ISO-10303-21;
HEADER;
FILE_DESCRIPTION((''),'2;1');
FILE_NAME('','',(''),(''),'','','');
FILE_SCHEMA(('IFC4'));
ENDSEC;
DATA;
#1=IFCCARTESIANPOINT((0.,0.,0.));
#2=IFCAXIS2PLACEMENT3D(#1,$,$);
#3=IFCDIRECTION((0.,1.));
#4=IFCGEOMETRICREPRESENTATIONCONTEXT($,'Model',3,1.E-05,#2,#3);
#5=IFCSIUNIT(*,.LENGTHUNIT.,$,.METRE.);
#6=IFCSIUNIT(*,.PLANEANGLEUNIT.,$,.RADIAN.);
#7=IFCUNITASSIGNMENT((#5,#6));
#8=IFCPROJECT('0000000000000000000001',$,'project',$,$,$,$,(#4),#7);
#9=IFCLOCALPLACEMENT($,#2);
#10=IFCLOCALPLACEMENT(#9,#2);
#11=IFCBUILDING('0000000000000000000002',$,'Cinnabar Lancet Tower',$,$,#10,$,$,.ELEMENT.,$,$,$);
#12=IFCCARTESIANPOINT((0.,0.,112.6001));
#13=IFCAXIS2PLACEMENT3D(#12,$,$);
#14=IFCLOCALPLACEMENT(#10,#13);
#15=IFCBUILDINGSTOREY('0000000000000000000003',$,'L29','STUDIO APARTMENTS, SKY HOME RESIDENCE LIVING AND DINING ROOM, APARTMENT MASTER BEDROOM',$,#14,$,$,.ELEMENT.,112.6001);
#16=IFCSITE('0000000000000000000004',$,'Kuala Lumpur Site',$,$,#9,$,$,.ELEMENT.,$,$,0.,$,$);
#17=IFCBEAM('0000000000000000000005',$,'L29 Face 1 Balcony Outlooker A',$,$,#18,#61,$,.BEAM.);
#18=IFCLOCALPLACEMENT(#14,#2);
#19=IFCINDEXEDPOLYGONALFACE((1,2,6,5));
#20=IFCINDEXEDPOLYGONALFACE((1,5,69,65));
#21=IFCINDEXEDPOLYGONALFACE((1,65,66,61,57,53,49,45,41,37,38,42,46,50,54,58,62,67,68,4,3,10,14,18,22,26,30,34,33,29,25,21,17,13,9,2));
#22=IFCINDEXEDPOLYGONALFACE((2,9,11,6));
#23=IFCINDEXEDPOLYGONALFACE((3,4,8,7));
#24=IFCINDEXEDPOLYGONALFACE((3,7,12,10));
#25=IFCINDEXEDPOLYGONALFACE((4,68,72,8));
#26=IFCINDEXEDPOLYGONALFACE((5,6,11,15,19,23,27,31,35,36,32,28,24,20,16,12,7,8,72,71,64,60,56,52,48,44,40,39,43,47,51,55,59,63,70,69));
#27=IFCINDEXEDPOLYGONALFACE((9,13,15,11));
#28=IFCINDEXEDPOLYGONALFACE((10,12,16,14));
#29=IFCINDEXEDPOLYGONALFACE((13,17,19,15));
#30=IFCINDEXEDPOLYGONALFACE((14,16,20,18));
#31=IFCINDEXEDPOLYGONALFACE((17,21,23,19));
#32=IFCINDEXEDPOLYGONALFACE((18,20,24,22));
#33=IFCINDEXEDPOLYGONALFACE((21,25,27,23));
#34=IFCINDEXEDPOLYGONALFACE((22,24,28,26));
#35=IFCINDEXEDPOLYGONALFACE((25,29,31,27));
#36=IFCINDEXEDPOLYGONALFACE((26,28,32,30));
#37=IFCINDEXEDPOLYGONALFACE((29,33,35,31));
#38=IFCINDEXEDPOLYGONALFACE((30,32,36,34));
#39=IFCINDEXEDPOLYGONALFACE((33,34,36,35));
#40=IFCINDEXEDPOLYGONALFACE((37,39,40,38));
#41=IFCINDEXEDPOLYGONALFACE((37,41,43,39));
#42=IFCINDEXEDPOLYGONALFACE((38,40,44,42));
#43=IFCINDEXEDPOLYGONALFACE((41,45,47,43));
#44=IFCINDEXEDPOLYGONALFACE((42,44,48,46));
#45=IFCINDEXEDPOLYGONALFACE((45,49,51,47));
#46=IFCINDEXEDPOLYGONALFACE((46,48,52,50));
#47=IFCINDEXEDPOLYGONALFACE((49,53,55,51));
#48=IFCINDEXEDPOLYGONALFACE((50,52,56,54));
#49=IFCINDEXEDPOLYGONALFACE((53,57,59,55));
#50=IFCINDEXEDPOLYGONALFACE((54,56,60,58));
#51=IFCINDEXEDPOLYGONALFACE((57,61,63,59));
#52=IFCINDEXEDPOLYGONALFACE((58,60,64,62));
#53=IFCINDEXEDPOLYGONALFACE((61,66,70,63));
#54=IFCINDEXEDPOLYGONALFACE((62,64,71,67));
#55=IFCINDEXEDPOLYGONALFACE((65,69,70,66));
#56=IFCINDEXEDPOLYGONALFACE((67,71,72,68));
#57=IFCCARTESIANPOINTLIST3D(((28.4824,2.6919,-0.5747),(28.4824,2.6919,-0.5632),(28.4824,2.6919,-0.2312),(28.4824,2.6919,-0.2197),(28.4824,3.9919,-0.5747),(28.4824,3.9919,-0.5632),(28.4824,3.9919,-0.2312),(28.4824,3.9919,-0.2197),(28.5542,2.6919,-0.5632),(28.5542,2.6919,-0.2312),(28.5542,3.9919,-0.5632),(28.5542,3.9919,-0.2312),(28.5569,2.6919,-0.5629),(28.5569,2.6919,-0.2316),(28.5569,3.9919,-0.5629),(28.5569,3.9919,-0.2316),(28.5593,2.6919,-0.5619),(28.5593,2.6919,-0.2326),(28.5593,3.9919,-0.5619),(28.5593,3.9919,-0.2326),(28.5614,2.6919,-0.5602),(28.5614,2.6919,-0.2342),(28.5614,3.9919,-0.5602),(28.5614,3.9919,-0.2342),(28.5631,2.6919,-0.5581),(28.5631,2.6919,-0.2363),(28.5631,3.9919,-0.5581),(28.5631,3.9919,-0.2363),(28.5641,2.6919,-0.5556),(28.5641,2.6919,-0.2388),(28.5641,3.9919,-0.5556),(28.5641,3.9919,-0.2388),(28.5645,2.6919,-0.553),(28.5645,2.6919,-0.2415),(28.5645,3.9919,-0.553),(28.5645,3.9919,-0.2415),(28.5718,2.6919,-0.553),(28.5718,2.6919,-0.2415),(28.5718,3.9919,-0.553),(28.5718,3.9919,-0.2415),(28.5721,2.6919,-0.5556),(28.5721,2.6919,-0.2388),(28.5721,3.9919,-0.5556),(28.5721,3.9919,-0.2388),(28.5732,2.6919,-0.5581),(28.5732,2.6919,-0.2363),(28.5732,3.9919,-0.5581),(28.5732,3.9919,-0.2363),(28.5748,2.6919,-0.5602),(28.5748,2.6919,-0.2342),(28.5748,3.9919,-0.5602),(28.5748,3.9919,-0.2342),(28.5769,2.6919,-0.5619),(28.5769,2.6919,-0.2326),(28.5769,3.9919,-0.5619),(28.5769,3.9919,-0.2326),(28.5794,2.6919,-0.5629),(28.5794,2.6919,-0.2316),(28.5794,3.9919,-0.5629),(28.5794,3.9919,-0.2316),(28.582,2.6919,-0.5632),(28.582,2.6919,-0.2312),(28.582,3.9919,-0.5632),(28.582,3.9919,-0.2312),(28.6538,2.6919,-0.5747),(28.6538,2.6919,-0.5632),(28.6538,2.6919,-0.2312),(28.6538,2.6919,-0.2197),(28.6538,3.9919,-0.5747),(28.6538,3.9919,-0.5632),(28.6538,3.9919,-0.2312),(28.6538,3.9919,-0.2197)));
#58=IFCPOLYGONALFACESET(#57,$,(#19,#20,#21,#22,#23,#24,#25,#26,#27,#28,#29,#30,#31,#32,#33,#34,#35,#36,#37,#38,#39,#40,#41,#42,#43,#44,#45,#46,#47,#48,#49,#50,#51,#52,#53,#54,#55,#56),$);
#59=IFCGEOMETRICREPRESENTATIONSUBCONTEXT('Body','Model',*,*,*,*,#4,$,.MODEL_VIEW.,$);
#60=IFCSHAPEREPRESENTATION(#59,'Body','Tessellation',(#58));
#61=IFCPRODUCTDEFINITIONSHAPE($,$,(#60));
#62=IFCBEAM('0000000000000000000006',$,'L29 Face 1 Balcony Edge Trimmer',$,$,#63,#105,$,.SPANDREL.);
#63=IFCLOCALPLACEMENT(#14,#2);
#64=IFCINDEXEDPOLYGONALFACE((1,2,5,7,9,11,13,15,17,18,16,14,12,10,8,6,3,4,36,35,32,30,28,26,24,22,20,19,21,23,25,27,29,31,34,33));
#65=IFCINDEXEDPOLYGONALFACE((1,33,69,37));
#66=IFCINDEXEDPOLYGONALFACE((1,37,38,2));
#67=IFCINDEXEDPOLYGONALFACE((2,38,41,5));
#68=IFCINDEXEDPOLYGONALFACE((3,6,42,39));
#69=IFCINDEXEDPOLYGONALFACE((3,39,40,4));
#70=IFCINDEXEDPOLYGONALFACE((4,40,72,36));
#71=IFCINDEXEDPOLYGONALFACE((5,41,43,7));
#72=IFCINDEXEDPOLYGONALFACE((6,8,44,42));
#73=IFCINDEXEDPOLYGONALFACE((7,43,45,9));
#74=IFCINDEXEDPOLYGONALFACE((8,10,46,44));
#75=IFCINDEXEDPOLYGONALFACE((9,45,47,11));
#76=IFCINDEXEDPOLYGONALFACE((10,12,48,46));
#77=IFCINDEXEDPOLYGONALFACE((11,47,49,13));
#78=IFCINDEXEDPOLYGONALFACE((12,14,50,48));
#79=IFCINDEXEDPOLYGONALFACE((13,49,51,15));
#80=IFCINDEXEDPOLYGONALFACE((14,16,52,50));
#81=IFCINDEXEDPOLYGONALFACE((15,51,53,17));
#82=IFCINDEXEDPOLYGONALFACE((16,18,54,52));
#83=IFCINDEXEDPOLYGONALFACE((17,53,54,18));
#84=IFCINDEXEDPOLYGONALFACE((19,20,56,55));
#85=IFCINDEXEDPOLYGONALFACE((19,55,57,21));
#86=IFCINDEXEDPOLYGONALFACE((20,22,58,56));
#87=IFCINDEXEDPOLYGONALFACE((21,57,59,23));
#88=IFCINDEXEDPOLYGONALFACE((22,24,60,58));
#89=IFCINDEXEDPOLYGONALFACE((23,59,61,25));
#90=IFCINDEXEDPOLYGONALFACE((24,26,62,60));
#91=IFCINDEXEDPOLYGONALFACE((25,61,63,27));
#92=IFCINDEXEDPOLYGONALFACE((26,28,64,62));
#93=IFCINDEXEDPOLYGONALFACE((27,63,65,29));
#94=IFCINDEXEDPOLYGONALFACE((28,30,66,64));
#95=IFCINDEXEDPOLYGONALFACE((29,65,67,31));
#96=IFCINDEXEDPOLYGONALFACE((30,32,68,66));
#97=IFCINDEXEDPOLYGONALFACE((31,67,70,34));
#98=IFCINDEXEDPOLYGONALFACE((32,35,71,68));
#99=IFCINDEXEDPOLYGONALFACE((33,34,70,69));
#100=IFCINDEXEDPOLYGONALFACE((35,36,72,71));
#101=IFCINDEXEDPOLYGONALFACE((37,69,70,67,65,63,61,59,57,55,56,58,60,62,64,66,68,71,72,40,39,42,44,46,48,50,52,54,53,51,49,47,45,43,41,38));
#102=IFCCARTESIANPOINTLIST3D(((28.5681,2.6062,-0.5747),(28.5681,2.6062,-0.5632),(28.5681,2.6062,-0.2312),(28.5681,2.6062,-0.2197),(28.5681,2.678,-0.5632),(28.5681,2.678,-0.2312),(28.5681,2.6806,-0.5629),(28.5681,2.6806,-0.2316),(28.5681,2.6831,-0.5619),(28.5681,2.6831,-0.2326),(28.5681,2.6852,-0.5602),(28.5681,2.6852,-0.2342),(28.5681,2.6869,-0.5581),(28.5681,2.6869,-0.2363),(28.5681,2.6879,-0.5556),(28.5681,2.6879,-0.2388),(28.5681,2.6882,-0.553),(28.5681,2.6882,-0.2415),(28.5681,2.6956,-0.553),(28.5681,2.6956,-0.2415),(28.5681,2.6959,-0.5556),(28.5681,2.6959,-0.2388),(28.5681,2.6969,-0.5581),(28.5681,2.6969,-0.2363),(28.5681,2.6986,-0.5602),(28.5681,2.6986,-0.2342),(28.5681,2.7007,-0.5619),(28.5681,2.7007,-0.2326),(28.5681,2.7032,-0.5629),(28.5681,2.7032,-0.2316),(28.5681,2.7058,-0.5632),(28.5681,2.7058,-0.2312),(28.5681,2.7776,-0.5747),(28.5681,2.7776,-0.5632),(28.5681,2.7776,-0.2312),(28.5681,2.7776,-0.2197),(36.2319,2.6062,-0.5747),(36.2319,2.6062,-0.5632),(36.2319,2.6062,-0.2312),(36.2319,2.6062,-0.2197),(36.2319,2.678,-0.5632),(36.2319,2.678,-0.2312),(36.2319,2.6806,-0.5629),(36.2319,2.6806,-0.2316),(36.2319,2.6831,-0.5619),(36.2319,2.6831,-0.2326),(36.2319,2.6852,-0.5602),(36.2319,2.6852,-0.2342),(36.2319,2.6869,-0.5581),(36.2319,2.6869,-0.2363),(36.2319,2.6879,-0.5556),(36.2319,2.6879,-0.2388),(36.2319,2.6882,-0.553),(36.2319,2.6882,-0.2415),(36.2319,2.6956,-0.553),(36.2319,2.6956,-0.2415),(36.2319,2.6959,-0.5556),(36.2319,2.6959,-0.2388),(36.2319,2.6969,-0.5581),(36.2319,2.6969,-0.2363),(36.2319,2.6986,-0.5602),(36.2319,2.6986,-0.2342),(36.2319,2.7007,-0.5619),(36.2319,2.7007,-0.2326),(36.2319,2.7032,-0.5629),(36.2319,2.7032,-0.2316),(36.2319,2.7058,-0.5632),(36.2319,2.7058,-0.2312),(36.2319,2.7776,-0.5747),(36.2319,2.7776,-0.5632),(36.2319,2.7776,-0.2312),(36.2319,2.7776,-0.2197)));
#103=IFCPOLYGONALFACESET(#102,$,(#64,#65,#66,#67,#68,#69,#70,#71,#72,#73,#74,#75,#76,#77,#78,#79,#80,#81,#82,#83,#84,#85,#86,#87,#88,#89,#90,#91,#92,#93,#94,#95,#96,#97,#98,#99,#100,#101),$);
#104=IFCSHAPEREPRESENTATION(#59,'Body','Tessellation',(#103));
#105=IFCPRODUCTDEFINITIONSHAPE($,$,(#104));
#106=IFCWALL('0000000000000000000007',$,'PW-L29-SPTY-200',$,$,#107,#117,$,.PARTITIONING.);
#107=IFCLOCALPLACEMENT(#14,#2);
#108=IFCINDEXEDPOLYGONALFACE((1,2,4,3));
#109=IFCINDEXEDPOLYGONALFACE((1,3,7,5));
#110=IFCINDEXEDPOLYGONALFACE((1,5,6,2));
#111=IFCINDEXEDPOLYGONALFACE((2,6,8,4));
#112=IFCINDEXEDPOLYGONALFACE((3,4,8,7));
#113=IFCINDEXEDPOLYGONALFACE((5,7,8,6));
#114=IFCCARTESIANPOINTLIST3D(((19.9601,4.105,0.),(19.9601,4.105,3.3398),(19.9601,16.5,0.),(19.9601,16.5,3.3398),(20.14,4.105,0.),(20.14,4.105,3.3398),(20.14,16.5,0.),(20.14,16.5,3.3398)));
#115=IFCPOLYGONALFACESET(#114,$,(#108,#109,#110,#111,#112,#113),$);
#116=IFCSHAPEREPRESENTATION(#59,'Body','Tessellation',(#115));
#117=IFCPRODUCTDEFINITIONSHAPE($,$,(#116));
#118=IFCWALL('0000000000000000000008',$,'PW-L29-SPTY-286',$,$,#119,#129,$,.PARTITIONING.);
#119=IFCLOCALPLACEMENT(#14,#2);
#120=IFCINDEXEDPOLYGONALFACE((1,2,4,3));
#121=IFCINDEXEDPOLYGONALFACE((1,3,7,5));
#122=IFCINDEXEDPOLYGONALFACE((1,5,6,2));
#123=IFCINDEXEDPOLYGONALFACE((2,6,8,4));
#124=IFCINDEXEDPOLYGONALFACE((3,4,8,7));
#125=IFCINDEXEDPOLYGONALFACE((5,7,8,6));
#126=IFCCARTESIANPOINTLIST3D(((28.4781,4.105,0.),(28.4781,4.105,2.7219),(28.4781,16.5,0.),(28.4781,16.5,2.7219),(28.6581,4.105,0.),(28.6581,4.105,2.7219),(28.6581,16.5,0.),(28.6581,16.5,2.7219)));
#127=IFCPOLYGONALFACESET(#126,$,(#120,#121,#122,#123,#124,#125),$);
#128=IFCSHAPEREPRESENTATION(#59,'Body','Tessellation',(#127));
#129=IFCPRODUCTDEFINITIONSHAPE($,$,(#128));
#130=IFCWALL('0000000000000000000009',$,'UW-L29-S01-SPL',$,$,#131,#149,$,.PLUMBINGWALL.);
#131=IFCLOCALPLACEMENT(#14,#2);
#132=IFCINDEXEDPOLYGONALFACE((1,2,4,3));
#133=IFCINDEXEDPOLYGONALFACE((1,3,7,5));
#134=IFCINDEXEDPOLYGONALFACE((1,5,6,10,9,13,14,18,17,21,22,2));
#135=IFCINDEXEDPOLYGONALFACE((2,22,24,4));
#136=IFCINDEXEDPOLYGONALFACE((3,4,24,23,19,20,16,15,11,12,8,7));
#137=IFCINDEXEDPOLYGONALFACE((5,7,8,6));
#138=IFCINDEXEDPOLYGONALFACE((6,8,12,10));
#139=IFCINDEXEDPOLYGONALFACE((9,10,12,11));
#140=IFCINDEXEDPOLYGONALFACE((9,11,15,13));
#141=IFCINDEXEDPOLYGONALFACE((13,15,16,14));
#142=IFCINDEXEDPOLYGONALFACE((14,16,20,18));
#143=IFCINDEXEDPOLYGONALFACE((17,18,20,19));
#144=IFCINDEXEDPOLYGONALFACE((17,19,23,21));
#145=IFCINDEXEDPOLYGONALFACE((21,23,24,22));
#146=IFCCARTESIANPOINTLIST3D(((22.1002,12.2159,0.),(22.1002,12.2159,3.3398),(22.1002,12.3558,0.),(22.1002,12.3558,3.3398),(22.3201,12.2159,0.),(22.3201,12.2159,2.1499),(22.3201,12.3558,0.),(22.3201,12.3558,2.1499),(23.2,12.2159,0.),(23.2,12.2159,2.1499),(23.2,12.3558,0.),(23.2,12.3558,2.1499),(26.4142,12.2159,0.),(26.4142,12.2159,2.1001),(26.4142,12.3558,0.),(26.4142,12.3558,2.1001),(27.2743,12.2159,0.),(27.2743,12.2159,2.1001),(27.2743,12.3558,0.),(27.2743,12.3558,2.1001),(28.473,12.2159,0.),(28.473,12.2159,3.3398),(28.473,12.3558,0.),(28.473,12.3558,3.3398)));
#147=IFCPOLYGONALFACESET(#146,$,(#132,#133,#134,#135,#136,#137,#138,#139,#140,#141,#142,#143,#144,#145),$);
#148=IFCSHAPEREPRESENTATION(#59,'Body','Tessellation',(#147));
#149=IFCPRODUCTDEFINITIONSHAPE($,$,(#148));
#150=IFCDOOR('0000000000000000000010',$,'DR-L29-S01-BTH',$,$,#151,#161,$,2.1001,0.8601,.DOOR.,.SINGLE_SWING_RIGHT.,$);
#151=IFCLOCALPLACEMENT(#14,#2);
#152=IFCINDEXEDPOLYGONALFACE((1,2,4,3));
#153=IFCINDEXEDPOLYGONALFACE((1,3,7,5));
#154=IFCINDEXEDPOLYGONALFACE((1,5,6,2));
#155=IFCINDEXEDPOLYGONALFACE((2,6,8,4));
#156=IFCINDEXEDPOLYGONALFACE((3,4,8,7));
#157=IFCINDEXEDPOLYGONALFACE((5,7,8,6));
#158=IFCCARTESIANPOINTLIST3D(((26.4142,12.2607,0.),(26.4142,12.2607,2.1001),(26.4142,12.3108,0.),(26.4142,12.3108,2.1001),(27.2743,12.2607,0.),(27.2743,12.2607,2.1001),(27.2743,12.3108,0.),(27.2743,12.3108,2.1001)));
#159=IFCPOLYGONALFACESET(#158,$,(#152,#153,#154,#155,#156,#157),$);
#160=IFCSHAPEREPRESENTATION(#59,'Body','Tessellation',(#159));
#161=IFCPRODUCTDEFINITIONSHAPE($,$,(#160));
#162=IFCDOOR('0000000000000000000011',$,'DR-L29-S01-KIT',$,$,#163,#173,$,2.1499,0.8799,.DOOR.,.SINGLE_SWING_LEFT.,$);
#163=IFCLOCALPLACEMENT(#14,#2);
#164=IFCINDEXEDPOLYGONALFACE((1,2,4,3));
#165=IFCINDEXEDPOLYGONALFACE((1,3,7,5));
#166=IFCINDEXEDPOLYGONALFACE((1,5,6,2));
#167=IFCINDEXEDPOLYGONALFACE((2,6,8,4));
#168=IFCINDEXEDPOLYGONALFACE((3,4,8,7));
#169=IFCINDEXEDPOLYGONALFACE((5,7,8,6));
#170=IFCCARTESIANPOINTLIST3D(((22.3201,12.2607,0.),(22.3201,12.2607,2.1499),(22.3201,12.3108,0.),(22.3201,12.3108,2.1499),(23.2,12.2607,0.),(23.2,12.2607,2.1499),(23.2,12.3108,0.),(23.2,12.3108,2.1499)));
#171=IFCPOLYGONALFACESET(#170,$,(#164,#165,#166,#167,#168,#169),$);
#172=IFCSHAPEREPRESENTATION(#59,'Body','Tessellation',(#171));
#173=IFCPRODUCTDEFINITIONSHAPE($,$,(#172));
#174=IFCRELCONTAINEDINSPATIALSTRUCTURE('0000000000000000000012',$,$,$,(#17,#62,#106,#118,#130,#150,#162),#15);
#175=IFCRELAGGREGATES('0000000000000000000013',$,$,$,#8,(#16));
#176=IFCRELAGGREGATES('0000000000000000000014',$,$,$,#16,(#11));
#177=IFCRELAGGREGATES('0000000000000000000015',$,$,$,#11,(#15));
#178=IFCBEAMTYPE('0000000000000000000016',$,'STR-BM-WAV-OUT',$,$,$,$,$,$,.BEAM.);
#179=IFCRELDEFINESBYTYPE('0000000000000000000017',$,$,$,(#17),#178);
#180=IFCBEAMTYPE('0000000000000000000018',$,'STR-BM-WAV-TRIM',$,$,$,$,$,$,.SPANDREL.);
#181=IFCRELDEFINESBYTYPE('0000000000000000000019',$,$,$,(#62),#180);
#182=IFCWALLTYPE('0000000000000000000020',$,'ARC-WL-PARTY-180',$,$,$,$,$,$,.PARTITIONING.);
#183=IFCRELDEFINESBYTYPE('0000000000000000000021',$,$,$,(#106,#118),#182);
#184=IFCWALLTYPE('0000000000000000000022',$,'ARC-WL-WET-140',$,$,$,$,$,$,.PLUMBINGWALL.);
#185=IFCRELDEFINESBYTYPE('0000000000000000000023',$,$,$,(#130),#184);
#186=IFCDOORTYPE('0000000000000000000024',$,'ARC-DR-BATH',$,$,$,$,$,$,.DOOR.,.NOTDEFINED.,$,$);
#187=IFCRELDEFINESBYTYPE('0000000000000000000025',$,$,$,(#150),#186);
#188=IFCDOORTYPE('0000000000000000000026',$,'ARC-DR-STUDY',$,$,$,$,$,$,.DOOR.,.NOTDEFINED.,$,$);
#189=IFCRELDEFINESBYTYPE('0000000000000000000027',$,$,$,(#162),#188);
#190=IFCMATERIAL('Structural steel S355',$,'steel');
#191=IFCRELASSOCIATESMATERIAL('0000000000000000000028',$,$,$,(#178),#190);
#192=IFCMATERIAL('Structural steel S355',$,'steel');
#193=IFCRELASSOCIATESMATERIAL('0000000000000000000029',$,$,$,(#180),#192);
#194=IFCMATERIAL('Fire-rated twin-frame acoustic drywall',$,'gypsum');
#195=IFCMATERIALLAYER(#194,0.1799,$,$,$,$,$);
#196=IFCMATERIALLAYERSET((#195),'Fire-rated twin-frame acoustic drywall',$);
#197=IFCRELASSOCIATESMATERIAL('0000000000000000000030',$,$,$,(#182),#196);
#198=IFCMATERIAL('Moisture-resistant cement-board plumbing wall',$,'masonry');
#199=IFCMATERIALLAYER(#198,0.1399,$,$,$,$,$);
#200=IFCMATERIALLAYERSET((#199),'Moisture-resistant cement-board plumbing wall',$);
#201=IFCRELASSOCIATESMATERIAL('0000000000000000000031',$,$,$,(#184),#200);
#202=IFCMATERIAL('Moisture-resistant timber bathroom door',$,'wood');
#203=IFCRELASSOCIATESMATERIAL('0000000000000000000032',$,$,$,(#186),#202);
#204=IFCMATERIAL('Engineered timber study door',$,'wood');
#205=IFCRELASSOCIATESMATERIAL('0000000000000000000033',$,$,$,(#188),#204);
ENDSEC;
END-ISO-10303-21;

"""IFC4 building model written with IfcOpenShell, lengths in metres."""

from ifc_helpers import new_model, si_unit, direction, frame, frame_2d, origin, origin_2d, place, context, subcontext, project, spatial, rectangle, i_section, extrude, material, layer, layer_set, material_profile, profile_set, type_object, element, fill, save


model = new_model("IFC4")

# Units and contexts
model_context = context("Model", 3, precision=1e-05, world=origin(), true_north=direction((0.0, 1.0)))
body_context = subcontext(model_context, "Body", "Model", "MODEL_VIEW")
ifc_project = project(units=[si_unit("LENGTHUNIT", "METRE"), si_unit("PLANEANGLEUNIT", "RADIAN")], contexts=[model_context])

# Site, building, storey
site_placement = place(None, origin())
site = spatial("IfcSite", under=ifc_project, at=site_placement, Name="Kuala Lumpur Site", CompositionType="ELEMENT", RefElevation=0.0)
building_placement = place(site_placement, origin())
building = spatial("IfcBuilding", under=site, at=building_placement, Name="Cinnabar Lancet Tower", CompositionType="ELEMENT")
storey_placement = place(building_placement, frame((0.0, 0.0, 112.6001)))
storey = spatial("IfcBuildingStorey", under=building, at=storey_placement, Name="L29", Description="STUDIO APARTMENTS, SKY HOME RESIDENCE LIVING AND DINING ROOM, APARTMENT MASTER BEDROOM", CompositionType="ELEMENT", Elevation=112.6001)

# Beams
ifc_material_1 = material(Name="Structural steel S355", Category="steel")
ifc_material_profile_1 = material_profile(ifc_material_1, i_section(OverallWidth=0.1714, OverallDepth=0.355, WebThickness=0.0073, FlangeThickness=0.0115, FilletRadius=0.0103, at=origin_2d()), Name="UKB 356x171x51")
ifc_profile_set_1 = profile_set([ifc_material_profile_1], Name="Structural steel S355")
beam_type_1 = type_object("IfcBeamType", Name="STR-BM-WAV-OUT", PredefinedType="BEAM", material=ifc_profile_set_1)
beam_1_placement = place(storey_placement, frame((28.5681, 3.9919, -0.3972), z_axis=(0.0, -1.0, 0.0), x_axis=(1.0, 0.0, 0.0)))
element("IfcBeam", 1, at=beam_1_placement, inside=storey, type_object=beam_type_1, Name="L29 Face 1 Balcony Outlooker A", PredefinedType="BEAM", context=body_context, shape_type="SweptSolid", body=[
    extrude(i_section(OverallWidth=0.1714, OverallDepth=0.355, WebThickness=0.0073, FlangeThickness=0.0115, FilletRadius=0.0103, at=origin_2d()), origin(), (0.0, 0.0, 1.0), 1.3),
])
ifc_material_2 = material(Name="Structural steel S355", Category="steel")
ifc_material_profile_2 = material_profile(ifc_material_2, i_section(OverallWidth=0.1714, OverallDepth=0.355, WebThickness=0.0073, FlangeThickness=0.0115, FilletRadius=0.0103, at=origin_2d()), Name="UKB 356x171x51")
ifc_profile_set_2 = profile_set([ifc_material_profile_2], Name="Structural steel S355")
beam_type_2 = type_object("IfcBeamType", Name="STR-BM-WAV-TRIM", PredefinedType="SPANDREL", material=ifc_profile_set_2)
beam_2_placement = place(storey_placement, frame((28.5681, 2.6919, -0.3972), z_axis=(1.0, 0.0, 0.0), x_axis=(0.0, 1.0, 0.0)))
element("IfcBeam", 2, at=beam_2_placement, inside=storey, type_object=beam_type_2, Name="L29 Face 1 Balcony Edge Trimmer", PredefinedType="SPANDREL", context=body_context, shape_type="SweptSolid", body=[
    extrude(i_section(OverallWidth=0.1714, OverallDepth=0.355, WebThickness=0.0073, FlangeThickness=0.0115, FilletRadius=0.0103, at=origin_2d()), origin(), (0.0, 0.0, 1.0), 7.6638),
])

# Walls
ifc_material_3 = material(Name="Fire-rated twin-frame acoustic drywall", Category="gypsum")
ifc_layer_1 = layer(ifc_material_3, 0.1799)
ifc_layer_set_1 = layer_set([ifc_layer_1], Name="Fire-rated twin-frame acoustic drywall")
wall_type_1 = type_object("IfcWallType", Name="ARC-WL-PARTY-180", PredefinedType="PARTITIONING", material=ifc_layer_set_1)
wall_1_placement = place(storey_placement, frame((20.05, 4.105, 0.0), z_axis=(0.0, 0.0, 1.0), x_axis=(0.0, 1.0, 0.0)))
element("IfcWall", 3, at=wall_1_placement, inside=storey, type_object=wall_type_1, Name="PW-L29-SPTY-200", PredefinedType="PARTITIONING", context=body_context, shape_type="SweptSolid", body=[
    extrude(rectangle(XDim=12.395, YDim=0.1799, at=frame_2d((6.1975, 0.0))), origin(), (0.0, 0.0, 1.0), 3.3398),
])
wall_2_placement = place(storey_placement, frame((28.5681, 4.105, 0.0), z_axis=(0.0, 0.0, 1.0), x_axis=(0.0, 1.0, 0.0)))
element("IfcWall", 4, at=wall_2_placement, inside=storey, type_object=wall_type_1, Name="PW-L29-SPTY-286", PredefinedType="PARTITIONING", context=body_context, shape_type="SweptSolid", body=[
    extrude(rectangle(XDim=12.395, YDim=0.1799, at=frame_2d((6.1975, 0.0))), origin(), (0.0, 0.0, 1.0), 2.7219),
])

# Wall, openings, doors
ifc_material_4 = material(Name="Moisture-resistant cement-board plumbing wall", Category="masonry")
ifc_layer_2 = layer(ifc_material_4, 0.1399)
ifc_layer_set_2 = layer_set([ifc_layer_2], Name="Moisture-resistant cement-board plumbing wall")
wall_type_2 = type_object("IfcWallType", Name="ARC-WL-WET-140", PredefinedType="PLUMBINGWALL", material=ifc_layer_set_2)
wall_3_placement = place(storey_placement, frame((22.1001, 12.2859, 0.0), z_axis=(0.0, 0.0, 1.0), x_axis=(1.0, 0.0, 0.0)))
wall_3 = element("IfcWall", 5, at=wall_3_placement, inside=storey, type_object=wall_type_2, Name="UW-L29-S01-SPL", PredefinedType="PLUMBINGWALL", context=body_context, shape_type="SweptSolid", body=[
    extrude(rectangle(XDim=6.3728, YDim=0.1399, at=frame_2d((3.1865, 0.0))), origin(), (0.0, 0.0, 1.0), 3.3398),
])
opening_1_placement = place(wall_3_placement, frame((4.314, 0.0, 0.0)))
opening_1 = element("IfcOpeningElement", 6, at=opening_1_placement, cuts=wall_3, PredefinedType="OPENING", context=body_context, shape_type="SweptSolid", body=[
    extrude(rectangle(XDim=0.8601, YDim=2.1001, at=frame_2d((0.4302, 1.05))), frame((0.0, 0.0798, 0.0), z_axis=(0.0, -1.0, 0.0), x_axis=(1.0, 0.0, 0.0)), (0.0, 0.0, 1.0), 0.1599),
])
opening_2_placement = place(wall_3_placement, frame((0.22, 0.0, 0.0)))
opening_2 = element("IfcOpeningElement", 7, at=opening_2_placement, cuts=wall_3, PredefinedType="OPENING", context=body_context, shape_type="SweptSolid", body=[
    extrude(rectangle(XDim=0.8799, YDim=2.1499, at=frame_2d((0.4399, 1.075))), frame((0.0, 0.0798, 0.0), z_axis=(0.0, -1.0, 0.0), x_axis=(1.0, 0.0, 0.0)), (0.0, 0.0, 1.0), 0.1599),
])
ifc_material_5 = material(Name="Moisture-resistant timber bathroom door", Category="wood")
door_type_1 = type_object("IfcDoorType", Name="ARC-DR-BATH", OperationType="NOTDEFINED", PredefinedType="DOOR", material=ifc_material_5)
door_1_placement = place(opening_1_placement, origin())
door_1 = element("IfcDoor", 8, at=door_1_placement, inside=storey, type_object=door_type_1, Name="DR-L29-S01-BTH", OperationType="SINGLE_SWING_RIGHT", OverallHeight=2.1001, OverallWidth=0.8601, PredefinedType="DOOR", context=body_context, shape_type="SweptSolid", body=[
    extrude(rectangle(XDim=0.8601, YDim=2.1001, at=frame_2d((0.4302, 1.05))), frame((0.0, 0.0249, 0.0), z_axis=(0.0, -1.0, 0.0), x_axis=(1.0, 0.0, 0.0)), (0.0, 0.0, 1.0), 0.05),
])
fill(opening_1, door_1)
ifc_material_6 = material(Name="Engineered timber study door", Category="wood")
door_type_2 = type_object("IfcDoorType", Name="ARC-DR-STUDY", OperationType="NOTDEFINED", PredefinedType="DOOR", material=ifc_material_6)
door_2_placement = place(opening_2_placement, origin())
door_2 = element("IfcDoor", 9, at=door_2_placement, inside=storey, type_object=door_type_2, Name="DR-L29-S01-KIT", OperationType="SINGLE_SWING_LEFT", OverallHeight=2.1499, OverallWidth=0.8799, PredefinedType="DOOR", context=body_context, shape_type="SweptSolid", body=[
    extrude(rectangle(XDim=0.8799, YDim=2.1499, at=frame_2d((0.4399, 1.075))), frame((0.0, 0.0249, 0.0), z_axis=(0.0, -1.0, 0.0), x_axis=(1.0, 0.0, 0.0)), (0.0, 0.0, 1.0), 0.05),
])
fill(opening_2, door_2)

save(model, "model.ifc")
